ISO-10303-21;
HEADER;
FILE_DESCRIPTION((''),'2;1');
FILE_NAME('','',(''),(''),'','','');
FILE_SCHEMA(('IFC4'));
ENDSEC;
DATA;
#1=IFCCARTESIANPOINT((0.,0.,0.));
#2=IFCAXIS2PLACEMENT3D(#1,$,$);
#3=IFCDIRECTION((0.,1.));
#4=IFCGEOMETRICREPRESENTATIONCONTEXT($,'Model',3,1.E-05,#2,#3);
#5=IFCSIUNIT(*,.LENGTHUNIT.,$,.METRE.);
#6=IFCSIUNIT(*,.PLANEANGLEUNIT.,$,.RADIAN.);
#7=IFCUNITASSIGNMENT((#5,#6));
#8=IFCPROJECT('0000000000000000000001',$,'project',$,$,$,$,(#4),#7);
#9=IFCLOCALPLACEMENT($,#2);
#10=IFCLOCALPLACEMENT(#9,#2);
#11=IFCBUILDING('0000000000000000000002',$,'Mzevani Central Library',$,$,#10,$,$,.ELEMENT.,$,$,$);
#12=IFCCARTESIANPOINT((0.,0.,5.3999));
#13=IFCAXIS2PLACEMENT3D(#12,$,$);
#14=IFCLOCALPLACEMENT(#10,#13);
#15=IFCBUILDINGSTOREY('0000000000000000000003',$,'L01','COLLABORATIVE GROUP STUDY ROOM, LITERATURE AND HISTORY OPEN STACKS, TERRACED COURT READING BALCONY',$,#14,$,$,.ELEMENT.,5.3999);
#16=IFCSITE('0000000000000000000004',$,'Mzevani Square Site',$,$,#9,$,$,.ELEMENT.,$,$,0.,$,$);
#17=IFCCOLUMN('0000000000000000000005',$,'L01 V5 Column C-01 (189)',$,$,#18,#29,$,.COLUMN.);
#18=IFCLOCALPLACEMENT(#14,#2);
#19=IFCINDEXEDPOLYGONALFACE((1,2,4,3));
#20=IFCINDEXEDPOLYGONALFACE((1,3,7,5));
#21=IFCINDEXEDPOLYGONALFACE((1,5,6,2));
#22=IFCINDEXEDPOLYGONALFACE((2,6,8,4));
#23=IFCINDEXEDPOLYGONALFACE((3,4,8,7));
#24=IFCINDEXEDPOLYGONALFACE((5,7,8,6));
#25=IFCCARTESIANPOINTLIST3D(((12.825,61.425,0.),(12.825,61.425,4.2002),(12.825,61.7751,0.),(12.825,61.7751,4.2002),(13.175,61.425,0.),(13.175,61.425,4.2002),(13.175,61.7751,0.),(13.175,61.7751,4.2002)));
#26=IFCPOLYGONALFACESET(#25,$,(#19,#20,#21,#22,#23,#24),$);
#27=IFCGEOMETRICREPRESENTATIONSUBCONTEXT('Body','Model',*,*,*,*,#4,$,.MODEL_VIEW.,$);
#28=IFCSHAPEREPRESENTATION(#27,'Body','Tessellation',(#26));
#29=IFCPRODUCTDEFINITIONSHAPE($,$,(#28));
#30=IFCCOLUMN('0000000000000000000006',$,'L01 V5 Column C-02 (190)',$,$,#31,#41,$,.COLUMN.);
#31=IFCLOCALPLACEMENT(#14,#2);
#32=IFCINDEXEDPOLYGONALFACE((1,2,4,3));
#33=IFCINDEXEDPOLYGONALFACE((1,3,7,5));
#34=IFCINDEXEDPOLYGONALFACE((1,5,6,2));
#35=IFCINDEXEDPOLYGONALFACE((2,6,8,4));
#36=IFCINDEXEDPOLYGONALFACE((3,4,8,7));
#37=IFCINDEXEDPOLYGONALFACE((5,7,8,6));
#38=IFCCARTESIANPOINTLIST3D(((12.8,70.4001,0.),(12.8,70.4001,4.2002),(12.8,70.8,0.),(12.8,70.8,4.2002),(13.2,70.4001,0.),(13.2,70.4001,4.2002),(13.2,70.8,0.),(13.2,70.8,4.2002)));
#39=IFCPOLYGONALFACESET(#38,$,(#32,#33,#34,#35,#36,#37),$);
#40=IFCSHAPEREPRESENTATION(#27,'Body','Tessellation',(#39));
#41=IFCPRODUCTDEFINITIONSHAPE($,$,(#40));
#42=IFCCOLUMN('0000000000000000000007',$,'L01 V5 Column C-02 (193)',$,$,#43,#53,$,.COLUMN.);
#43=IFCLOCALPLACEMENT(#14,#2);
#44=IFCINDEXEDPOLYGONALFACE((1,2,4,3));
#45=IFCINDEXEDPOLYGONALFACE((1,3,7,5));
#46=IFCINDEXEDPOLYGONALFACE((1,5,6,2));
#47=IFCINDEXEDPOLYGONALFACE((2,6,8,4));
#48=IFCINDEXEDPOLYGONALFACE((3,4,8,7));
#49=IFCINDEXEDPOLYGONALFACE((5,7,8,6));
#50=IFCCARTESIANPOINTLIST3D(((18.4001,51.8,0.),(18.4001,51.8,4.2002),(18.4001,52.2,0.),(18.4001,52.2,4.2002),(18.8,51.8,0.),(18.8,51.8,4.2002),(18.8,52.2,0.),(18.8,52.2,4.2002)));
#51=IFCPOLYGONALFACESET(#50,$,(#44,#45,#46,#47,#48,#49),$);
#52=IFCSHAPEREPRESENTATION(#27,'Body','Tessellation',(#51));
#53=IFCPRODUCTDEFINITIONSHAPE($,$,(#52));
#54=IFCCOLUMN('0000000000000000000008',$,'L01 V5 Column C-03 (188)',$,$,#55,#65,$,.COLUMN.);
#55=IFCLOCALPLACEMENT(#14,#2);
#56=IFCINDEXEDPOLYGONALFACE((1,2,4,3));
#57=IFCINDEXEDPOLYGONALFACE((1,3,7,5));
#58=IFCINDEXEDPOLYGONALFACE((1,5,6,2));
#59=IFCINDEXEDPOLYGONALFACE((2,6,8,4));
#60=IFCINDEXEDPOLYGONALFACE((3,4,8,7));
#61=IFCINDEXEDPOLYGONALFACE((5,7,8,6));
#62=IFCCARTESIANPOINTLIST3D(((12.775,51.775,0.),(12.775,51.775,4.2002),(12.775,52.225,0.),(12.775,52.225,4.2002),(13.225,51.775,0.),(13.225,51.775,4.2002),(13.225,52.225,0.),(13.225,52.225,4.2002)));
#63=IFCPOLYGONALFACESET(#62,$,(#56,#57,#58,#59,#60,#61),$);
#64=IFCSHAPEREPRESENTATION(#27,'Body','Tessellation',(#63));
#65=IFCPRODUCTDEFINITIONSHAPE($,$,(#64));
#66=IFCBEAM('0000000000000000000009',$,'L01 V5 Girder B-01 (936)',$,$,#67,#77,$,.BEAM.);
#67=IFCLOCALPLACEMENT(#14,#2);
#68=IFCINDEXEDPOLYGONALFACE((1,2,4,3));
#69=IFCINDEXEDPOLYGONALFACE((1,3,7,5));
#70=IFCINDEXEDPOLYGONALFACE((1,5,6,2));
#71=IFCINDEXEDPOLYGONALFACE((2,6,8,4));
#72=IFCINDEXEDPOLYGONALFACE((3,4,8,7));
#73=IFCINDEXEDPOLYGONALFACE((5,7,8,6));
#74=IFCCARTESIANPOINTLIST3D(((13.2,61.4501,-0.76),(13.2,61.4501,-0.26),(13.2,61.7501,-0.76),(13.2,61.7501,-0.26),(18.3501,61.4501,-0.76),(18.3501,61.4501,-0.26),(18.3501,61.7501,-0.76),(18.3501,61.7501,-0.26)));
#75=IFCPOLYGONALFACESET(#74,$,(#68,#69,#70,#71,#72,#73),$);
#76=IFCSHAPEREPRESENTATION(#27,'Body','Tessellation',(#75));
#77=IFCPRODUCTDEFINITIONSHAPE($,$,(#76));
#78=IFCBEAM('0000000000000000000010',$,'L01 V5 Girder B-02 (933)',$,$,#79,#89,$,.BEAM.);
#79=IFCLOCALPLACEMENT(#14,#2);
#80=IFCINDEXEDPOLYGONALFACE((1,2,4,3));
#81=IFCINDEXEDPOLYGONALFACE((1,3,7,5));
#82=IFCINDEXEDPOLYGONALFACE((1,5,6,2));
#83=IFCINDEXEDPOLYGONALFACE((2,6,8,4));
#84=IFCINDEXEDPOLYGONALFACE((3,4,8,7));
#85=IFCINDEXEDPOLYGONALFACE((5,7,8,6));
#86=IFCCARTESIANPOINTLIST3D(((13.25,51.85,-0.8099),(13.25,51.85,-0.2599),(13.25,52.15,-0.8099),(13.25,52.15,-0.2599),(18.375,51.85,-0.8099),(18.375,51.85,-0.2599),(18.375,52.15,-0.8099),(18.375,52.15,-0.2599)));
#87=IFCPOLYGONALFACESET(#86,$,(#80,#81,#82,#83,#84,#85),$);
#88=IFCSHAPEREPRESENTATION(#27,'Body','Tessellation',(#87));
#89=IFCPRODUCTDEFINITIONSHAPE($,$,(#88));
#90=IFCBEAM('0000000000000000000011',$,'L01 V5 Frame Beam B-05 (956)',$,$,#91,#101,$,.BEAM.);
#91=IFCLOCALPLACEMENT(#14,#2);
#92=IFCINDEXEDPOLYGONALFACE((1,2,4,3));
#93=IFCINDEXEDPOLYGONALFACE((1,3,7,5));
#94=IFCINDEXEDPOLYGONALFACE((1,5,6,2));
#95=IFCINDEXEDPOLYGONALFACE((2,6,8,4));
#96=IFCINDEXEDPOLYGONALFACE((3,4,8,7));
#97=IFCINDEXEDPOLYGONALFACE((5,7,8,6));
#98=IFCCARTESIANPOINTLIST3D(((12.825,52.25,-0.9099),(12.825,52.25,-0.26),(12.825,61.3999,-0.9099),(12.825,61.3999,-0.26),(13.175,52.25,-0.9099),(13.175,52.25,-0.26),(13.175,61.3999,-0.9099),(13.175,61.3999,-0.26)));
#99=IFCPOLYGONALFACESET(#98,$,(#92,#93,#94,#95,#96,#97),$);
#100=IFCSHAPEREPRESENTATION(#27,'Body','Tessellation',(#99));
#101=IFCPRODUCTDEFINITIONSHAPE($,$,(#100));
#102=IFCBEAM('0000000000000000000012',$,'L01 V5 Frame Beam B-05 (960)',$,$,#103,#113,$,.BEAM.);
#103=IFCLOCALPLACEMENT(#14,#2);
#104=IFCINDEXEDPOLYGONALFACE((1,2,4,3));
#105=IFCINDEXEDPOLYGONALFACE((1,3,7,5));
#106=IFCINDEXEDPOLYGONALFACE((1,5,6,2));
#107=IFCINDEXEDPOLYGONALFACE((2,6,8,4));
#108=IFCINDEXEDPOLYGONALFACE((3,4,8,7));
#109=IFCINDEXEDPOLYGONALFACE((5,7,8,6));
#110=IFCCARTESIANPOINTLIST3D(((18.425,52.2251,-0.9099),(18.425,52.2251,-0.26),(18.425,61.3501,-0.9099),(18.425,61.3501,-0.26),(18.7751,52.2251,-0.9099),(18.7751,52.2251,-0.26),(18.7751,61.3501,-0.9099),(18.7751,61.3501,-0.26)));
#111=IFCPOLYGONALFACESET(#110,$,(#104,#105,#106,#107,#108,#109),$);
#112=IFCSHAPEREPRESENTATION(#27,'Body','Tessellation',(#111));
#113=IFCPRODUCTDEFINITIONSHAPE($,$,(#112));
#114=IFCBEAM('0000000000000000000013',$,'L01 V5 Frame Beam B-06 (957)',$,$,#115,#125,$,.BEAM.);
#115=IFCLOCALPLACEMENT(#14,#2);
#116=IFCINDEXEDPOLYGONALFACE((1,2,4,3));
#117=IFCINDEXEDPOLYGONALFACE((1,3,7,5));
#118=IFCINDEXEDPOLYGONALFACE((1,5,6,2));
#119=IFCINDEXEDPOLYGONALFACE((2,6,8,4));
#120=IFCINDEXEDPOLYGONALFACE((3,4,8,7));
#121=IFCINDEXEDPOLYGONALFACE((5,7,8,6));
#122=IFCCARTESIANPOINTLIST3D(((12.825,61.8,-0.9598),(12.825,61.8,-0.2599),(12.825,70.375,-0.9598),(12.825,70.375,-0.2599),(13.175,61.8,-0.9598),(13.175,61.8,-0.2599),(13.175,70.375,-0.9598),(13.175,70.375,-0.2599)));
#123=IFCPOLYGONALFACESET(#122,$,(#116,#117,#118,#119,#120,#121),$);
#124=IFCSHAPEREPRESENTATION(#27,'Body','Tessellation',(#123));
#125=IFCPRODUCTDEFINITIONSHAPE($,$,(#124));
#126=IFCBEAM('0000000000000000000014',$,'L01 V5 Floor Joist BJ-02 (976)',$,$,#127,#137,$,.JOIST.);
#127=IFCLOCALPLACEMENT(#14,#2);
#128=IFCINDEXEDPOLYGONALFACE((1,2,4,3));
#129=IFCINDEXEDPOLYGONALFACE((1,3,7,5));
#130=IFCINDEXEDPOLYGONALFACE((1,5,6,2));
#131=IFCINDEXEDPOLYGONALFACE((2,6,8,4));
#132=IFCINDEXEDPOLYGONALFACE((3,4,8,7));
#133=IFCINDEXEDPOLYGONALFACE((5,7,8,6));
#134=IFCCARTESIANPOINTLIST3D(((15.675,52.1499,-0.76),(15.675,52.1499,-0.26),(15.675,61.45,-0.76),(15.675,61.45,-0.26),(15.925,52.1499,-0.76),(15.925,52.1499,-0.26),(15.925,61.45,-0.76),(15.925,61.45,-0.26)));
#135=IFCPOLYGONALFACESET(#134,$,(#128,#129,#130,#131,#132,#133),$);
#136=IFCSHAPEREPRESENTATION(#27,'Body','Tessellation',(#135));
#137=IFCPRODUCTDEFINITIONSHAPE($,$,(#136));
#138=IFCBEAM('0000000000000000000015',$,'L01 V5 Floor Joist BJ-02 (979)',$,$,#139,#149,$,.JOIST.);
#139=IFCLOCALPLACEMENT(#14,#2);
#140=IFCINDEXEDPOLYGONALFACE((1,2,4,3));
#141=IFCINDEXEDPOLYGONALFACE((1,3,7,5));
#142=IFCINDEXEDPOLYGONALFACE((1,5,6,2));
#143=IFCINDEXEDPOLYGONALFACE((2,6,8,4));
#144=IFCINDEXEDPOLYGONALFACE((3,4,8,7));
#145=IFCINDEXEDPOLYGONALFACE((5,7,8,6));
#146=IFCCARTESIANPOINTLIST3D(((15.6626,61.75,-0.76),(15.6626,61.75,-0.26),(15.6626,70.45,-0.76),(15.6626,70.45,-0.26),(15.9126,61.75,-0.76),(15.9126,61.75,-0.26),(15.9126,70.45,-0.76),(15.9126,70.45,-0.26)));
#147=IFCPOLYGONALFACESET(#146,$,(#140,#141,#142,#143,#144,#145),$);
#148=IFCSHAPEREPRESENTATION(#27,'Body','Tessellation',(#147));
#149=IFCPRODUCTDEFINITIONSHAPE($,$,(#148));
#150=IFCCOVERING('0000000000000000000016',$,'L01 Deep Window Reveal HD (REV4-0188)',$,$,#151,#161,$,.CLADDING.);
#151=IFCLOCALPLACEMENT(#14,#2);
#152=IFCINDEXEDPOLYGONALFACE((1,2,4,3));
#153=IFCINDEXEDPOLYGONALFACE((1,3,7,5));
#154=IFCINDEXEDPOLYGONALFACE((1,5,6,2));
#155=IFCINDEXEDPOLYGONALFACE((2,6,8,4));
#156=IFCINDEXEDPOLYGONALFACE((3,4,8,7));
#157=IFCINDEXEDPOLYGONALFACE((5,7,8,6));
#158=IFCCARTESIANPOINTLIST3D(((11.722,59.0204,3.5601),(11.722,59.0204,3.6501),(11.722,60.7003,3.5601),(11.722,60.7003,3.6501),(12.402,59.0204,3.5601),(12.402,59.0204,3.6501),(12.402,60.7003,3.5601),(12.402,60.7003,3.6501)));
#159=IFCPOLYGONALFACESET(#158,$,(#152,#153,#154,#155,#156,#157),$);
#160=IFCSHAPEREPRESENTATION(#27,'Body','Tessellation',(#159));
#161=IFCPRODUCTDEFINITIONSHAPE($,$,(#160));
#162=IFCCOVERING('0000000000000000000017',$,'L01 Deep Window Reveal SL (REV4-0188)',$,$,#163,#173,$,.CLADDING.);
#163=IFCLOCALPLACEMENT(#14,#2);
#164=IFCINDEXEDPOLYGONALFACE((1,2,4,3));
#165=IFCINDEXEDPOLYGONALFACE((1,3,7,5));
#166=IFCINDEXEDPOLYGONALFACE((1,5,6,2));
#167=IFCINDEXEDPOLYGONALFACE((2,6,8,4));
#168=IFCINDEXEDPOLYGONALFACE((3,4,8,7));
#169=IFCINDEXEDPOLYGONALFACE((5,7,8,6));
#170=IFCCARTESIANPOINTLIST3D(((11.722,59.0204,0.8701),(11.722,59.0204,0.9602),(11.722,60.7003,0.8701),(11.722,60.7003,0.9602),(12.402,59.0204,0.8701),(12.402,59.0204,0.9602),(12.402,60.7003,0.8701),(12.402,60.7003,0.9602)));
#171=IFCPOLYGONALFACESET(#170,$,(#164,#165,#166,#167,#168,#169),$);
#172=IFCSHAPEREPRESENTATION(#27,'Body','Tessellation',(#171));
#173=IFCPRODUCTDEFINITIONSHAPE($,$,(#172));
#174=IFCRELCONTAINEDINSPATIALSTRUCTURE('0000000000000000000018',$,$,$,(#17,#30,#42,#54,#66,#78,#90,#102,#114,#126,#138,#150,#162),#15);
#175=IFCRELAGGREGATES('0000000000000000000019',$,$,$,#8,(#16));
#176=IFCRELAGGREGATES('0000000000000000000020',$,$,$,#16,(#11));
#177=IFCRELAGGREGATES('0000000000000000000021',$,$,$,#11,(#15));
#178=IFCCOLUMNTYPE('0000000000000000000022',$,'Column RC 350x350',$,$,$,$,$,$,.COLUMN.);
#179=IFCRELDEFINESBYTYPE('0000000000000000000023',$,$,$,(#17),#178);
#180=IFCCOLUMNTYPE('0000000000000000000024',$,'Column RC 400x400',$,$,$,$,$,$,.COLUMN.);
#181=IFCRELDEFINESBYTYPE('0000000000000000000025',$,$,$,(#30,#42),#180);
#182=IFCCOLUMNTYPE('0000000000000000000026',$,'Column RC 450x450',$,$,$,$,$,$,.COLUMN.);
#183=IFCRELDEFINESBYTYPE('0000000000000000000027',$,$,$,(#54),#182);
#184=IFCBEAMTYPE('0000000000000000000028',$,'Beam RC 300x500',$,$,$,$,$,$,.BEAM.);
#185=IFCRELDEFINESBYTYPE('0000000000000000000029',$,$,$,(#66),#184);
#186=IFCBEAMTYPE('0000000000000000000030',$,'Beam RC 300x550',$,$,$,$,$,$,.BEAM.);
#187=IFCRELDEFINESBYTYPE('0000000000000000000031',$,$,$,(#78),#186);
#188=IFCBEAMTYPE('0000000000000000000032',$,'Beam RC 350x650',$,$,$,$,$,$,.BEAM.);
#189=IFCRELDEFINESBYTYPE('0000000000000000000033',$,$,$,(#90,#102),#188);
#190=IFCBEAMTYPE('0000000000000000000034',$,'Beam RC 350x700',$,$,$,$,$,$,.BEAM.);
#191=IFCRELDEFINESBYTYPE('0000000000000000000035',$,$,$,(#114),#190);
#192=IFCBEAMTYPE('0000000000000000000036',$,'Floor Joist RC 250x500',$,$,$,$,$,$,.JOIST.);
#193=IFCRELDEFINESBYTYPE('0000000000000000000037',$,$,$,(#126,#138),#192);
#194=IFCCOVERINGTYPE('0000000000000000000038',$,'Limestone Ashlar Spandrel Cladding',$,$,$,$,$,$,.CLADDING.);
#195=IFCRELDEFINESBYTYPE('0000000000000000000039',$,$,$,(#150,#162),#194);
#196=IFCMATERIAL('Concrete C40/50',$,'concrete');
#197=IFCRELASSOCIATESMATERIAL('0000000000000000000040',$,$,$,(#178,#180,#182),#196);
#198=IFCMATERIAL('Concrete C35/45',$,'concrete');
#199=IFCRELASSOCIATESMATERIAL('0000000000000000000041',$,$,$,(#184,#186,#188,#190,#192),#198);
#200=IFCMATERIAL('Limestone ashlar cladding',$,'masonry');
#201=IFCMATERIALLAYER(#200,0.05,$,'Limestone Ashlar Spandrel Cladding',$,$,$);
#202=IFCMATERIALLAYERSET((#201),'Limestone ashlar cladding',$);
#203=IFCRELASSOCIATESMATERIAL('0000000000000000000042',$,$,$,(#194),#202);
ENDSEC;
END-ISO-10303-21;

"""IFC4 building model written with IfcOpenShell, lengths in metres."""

from ifc_helpers import new_model, si_unit, direction, frame, origin, origin_2d, place, context, subcontext, project, spatial, rectangle, extrude, material, layer, layer_set, material_profile, profile_set, type_object, element, save


model = new_model("IFC4")

# Units and contexts
model_context = context("Model", 3, precision=1e-05, world=origin(), true_north=direction((0.0, 1.0)))
body_context = subcontext(model_context, "Body", "Model", "MODEL_VIEW")
ifc_project = project(units=[si_unit("LENGTHUNIT", "METRE"), si_unit("PLANEANGLEUNIT", "RADIAN")], contexts=[model_context])

# Site, building, storey
site_placement = place(None, origin())
site = spatial("IfcSite", under=ifc_project, at=site_placement, Name="Mzevani Square Site", CompositionType="ELEMENT", RefElevation=0.0)
building_placement = place(site_placement, origin())
building = spatial("IfcBuilding", under=site, at=building_placement, Name="Mzevani Central Library", CompositionType="ELEMENT")
storey_placement = place(building_placement, frame((0.0, 0.0, 5.3999)))
storey = spatial("IfcBuildingStorey", under=building, at=storey_placement, Name="L01", Description="COLLABORATIVE GROUP STUDY ROOM, LITERATURE AND HISTORY OPEN STACKS, TERRACED COURT READING BALCONY", CompositionType="ELEMENT", Elevation=5.3999)

# Columns
ifc_material_1 = material(Name="Concrete C40/50", Category="concrete")
ifc_material_profile_1 = material_profile(ifc_material_1, rectangle(XDim=0.3501, YDim=0.3501, at=origin_2d()), Name="RC 350x350")
ifc_profile_set_1 = profile_set([ifc_material_profile_1], Name="Concrete C40/50")
column_type_1 = type_object("IfcColumnType", Name="Column RC 350x350", PredefinedType="COLUMN", material=ifc_profile_set_1)
column_1_placement = place(storey_placement, frame((13.0, 61.6001, 0.0), z_axis=(0.0, 0.0, 1.0), x_axis=(1.0, 0.0, 0.0)))
element("IfcColumn", 1, at=column_1_placement, inside=storey, type_object=column_type_1, Name="L01 V5 Column C-01 (189)", PredefinedType="COLUMN", context=body_context, shape_type="SweptSolid", body=[
    extrude(rectangle(XDim=0.3501, YDim=0.3501, at=origin_2d()), origin(), (0.0, 0.0, 1.0), 4.2002),
])
ifc_material_profile_2 = material_profile(ifc_material_1, rectangle(XDim=0.3999, YDim=0.3999, at=origin_2d()), Name="RC 400x400")
ifc_profile_set_2 = profile_set([ifc_material_profile_2], Name="Concrete C40/50")
column_type_2 = type_object("IfcColumnType", Name="Column RC 400x400", PredefinedType="COLUMN", material=ifc_profile_set_2)
for number, where, z_axis, x_axis, name in (
    (2, (13.0, 70.6001, 0.0), (0.0, 0.0, 1.0), (1.0, 0.0, 0.0), "L01 V5 Column C-02 (190)"),
    (3, (18.6001, 52.0, 0.0), (0.0, 0.0, 1.0), (1.0, 0.0, 0.0), "L01 V5 Column C-02 (193)"),
):
    element("IfcColumn", number, at=place(storey_placement, frame(where, z_axis=z_axis, x_axis=x_axis)), inside=storey, type_object=column_type_2, Name=name, PredefinedType="COLUMN", context=body_context, shape_type="SweptSolid", body=[
        extrude(rectangle(XDim=0.3999, YDim=0.3999, at=origin_2d()), origin(), (0.0, 0.0, 1.0), 4.2002),
    ])
ifc_material_profile_3 = material_profile(ifc_material_1, rectangle(XDim=0.45, YDim=0.45, at=origin_2d()), Name="RC 450x450")
ifc_profile_set_3 = profile_set([ifc_material_profile_3], Name="Concrete C40/50")
column_type_3 = type_object("IfcColumnType", Name="Column RC 450x450", PredefinedType="COLUMN", material=ifc_profile_set_3)
column_2_placement = place(storey_placement, frame((13.0, 52.0, 0.0), z_axis=(0.0, 0.0, 1.0), x_axis=(1.0, 0.0, 0.0)))
element("IfcColumn", 4, at=column_2_placement, inside=storey, type_object=column_type_3, Name="L01 V5 Column C-03 (188)", PredefinedType="COLUMN", context=body_context, shape_type="SweptSolid", body=[
    extrude(rectangle(XDim=0.45, YDim=0.45, at=origin_2d()), origin(), (0.0, 0.0, 1.0), 4.2002),
])

# Beams
ifc_material_2 = material(Name="Concrete C35/45", Category="concrete")
ifc_material_profile_4 = material_profile(ifc_material_2, rectangle(XDim=0.3, YDim=0.5, at=origin_2d()), Name="RC B300x500")
ifc_profile_set_4 = profile_set([ifc_material_profile_4], Name="Concrete C35/45")
beam_type_1 = type_object("IfcBeamType", Name="Beam RC 300x500", PredefinedType="BEAM", material=ifc_profile_set_4)
beam_1_placement = place(storey_placement, frame((13.2, 61.6001, -0.51), z_axis=(1.0, 0.0, 0.0), x_axis=(0.0, 1.0, 0.0)))
element("IfcBeam", 5, at=beam_1_placement, inside=storey, type_object=beam_type_1, Name="L01 V5 Girder B-01 (936)", PredefinedType="BEAM", context=body_context, shape_type="SweptSolid", body=[
    extrude(rectangle(XDim=0.3, YDim=0.5, at=origin_2d()), origin(), (0.0, 0.0, 1.0), 5.1501),
])
ifc_material_profile_5 = material_profile(ifc_material_2, rectangle(XDim=0.3, YDim=0.55, at=origin_2d()), Name="RC B300x550")
ifc_profile_set_5 = profile_set([ifc_material_profile_5], Name="Concrete C35/45")
beam_type_2 = type_object("IfcBeamType", Name="Beam RC 300x550", PredefinedType="BEAM", material=ifc_profile_set_5)
beam_2_placement = place(storey_placement, frame((13.25, 52.0, -0.5349), z_axis=(1.0, 0.0, 0.0), x_axis=(0.0, 1.0, 0.0)))
element("IfcBeam", 6, at=beam_2_placement, inside=storey, type_object=beam_type_2, Name="L01 V5 Girder B-02 (933)", PredefinedType="BEAM", context=body_context, shape_type="SweptSolid", body=[
    extrude(rectangle(XDim=0.3, YDim=0.55, at=origin_2d()), origin(), (0.0, 0.0, 1.0), 5.125),
])
ifc_material_profile_6 = material_profile(ifc_material_2, rectangle(XDim=0.3501, YDim=0.6499, at=origin_2d()), Name="RC B350x650")
ifc_profile_set_6 = profile_set([ifc_material_profile_6], Name="Concrete C35/45")
beam_type_3 = type_object("IfcBeamType", Name="Beam RC 350x650", PredefinedType="BEAM", material=ifc_profile_set_6)
beam_3_placement = place(storey_placement, frame((13.0, 52.25, -0.585), z_axis=(0.0, 1.0, 0.0), x_axis=(-1.0, 0.0, 0.0)))
element("IfcBeam", 7, at=beam_3_placement, inside=storey, type_object=beam_type_3, Name="L01 V5 Frame Beam B-05 (956)", PredefinedType="BEAM", context=body_context, shape_type="SweptSolid", body=[
    extrude(rectangle(XDim=0.3501, YDim=0.6499, at=origin_2d()), origin(), (0.0, 0.0, 1.0), 9.1499),
])
beam_4_placement = place(storey_placement, frame((18.6001, 52.2251, -0.585), z_axis=(0.0, 1.0, 0.0), x_axis=(-1.0, 0.0, 0.0)))
element("IfcBeam", 8, at=beam_4_placement, inside=storey, type_object=beam_type_3, Name="L01 V5 Frame Beam B-05 (960)", PredefinedType="BEAM", context=body_context, shape_type="SweptSolid", body=[
    extrude(rectangle(XDim=0.3501, YDim=0.6499, at=origin_2d()), origin(), (0.0, 0.0, 1.0), 9.125),
])
ifc_material_profile_7 = material_profile(ifc_material_2, rectangle(XDim=0.3501, YDim=0.7, at=origin_2d()), Name="RC B350x700")
ifc_profile_set_7 = profile_set([ifc_material_profile_7], Name="Concrete C35/45")
beam_type_4 = type_object("IfcBeamType", Name="Beam RC 350x700", PredefinedType="BEAM", material=ifc_profile_set_7)
beam_5_placement = place(storey_placement, frame((13.0, 61.8, -0.6099), z_axis=(0.0, 1.0, 0.0), x_axis=(-1.0, 0.0, 0.0)))
element("IfcBeam", 9, at=beam_5_placement, inside=storey, type_object=beam_type_4, Name="L01 V5 Frame Beam B-06 (957)", PredefinedType="BEAM", context=body_context, shape_type="SweptSolid", body=[
    extrude(rectangle(XDim=0.3501, YDim=0.7, at=origin_2d()), origin(), (0.0, 0.0, 1.0), 8.575),
])
ifc_material_profile_8 = material_profile(ifc_material_2, rectangle(XDim=0.25, YDim=0.5, at=origin_2d()), Name="RC J250x500")
ifc_profile_set_8 = profile_set([ifc_material_profile_8], Name="Concrete C35/45")
beam_type_5 = type_object("IfcBeamType", Name="Floor Joist RC 250x500", PredefinedType="JOIST", material=ifc_profile_set_8)
beam_6_placement = place(storey_placement, frame((15.8, 52.1499, -0.51), z_axis=(0.0, 1.0, 0.0), x_axis=(-1.0, 0.0, 0.0)))
element("IfcBeam", 10, at=beam_6_placement, inside=storey, type_object=beam_type_5, Name="L01 V5 Floor Joist BJ-02 (976)", PredefinedType="JOIST", context=body_context, shape_type="SweptSolid", body=[
    extrude(rectangle(XDim=0.25, YDim=0.5, at=origin_2d()), origin(), (0.0, 0.0, 1.0), 9.3),
])
beam_7_placement = place(storey_placement, frame((15.7876, 61.75, -0.51), z_axis=(0.0, 1.0, 0.0), x_axis=(-1.0, 0.0, 0.0)))
element("IfcBeam", 11, at=beam_7_placement, inside=storey, type_object=beam_type_5, Name="L01 V5 Floor Joist BJ-02 (979)", PredefinedType="JOIST", context=body_context, shape_type="SweptSolid", body=[
    extrude(rectangle(XDim=0.25, YDim=0.5, at=origin_2d()), origin(), (0.0, 0.0, 1.0), 8.7),
])

# Coverings
ifc_material_3 = material(Name="Limestone ashlar cladding", Category="masonry")
ifc_layer = layer(ifc_material_3, 0.05, Name="Limestone Ashlar Spandrel Cladding")
ifc_layer_set = layer_set([ifc_layer], Name="Limestone ashlar cladding")
covering_type = type_object("IfcCoveringType", Name="Limestone Ashlar Spandrel Cladding", PredefinedType="CLADDING", material=ifc_layer_set)
for number, where, z_axis, x_axis, name in (
    (12, (12.062, 59.8604, 3.5601), (0.0, 0.0, 1.0), (0.0, 1.0, 0.0), "L01 Deep Window Reveal HD (REV4-0188)"),
    (13, (12.062, 59.8604, 0.8701), (0.0, 0.0, 1.0), (0.0, 1.0, 0.0), "L01 Deep Window Reveal SL (REV4-0188)"),
):
    element("IfcCovering", number, at=place(storey_placement, frame(where, z_axis=z_axis, x_axis=x_axis)), inside=storey, type_object=covering_type, Name=name, PredefinedType="CLADDING", context=body_context, shape_type="SweptSolid", body=[
        extrude(rectangle(XDim=1.6799, YDim=0.6799, at=origin_2d()), origin(), (0.0, 0.0, 1.0), 0.0901),
    ])

save(model, "model.ifc")
